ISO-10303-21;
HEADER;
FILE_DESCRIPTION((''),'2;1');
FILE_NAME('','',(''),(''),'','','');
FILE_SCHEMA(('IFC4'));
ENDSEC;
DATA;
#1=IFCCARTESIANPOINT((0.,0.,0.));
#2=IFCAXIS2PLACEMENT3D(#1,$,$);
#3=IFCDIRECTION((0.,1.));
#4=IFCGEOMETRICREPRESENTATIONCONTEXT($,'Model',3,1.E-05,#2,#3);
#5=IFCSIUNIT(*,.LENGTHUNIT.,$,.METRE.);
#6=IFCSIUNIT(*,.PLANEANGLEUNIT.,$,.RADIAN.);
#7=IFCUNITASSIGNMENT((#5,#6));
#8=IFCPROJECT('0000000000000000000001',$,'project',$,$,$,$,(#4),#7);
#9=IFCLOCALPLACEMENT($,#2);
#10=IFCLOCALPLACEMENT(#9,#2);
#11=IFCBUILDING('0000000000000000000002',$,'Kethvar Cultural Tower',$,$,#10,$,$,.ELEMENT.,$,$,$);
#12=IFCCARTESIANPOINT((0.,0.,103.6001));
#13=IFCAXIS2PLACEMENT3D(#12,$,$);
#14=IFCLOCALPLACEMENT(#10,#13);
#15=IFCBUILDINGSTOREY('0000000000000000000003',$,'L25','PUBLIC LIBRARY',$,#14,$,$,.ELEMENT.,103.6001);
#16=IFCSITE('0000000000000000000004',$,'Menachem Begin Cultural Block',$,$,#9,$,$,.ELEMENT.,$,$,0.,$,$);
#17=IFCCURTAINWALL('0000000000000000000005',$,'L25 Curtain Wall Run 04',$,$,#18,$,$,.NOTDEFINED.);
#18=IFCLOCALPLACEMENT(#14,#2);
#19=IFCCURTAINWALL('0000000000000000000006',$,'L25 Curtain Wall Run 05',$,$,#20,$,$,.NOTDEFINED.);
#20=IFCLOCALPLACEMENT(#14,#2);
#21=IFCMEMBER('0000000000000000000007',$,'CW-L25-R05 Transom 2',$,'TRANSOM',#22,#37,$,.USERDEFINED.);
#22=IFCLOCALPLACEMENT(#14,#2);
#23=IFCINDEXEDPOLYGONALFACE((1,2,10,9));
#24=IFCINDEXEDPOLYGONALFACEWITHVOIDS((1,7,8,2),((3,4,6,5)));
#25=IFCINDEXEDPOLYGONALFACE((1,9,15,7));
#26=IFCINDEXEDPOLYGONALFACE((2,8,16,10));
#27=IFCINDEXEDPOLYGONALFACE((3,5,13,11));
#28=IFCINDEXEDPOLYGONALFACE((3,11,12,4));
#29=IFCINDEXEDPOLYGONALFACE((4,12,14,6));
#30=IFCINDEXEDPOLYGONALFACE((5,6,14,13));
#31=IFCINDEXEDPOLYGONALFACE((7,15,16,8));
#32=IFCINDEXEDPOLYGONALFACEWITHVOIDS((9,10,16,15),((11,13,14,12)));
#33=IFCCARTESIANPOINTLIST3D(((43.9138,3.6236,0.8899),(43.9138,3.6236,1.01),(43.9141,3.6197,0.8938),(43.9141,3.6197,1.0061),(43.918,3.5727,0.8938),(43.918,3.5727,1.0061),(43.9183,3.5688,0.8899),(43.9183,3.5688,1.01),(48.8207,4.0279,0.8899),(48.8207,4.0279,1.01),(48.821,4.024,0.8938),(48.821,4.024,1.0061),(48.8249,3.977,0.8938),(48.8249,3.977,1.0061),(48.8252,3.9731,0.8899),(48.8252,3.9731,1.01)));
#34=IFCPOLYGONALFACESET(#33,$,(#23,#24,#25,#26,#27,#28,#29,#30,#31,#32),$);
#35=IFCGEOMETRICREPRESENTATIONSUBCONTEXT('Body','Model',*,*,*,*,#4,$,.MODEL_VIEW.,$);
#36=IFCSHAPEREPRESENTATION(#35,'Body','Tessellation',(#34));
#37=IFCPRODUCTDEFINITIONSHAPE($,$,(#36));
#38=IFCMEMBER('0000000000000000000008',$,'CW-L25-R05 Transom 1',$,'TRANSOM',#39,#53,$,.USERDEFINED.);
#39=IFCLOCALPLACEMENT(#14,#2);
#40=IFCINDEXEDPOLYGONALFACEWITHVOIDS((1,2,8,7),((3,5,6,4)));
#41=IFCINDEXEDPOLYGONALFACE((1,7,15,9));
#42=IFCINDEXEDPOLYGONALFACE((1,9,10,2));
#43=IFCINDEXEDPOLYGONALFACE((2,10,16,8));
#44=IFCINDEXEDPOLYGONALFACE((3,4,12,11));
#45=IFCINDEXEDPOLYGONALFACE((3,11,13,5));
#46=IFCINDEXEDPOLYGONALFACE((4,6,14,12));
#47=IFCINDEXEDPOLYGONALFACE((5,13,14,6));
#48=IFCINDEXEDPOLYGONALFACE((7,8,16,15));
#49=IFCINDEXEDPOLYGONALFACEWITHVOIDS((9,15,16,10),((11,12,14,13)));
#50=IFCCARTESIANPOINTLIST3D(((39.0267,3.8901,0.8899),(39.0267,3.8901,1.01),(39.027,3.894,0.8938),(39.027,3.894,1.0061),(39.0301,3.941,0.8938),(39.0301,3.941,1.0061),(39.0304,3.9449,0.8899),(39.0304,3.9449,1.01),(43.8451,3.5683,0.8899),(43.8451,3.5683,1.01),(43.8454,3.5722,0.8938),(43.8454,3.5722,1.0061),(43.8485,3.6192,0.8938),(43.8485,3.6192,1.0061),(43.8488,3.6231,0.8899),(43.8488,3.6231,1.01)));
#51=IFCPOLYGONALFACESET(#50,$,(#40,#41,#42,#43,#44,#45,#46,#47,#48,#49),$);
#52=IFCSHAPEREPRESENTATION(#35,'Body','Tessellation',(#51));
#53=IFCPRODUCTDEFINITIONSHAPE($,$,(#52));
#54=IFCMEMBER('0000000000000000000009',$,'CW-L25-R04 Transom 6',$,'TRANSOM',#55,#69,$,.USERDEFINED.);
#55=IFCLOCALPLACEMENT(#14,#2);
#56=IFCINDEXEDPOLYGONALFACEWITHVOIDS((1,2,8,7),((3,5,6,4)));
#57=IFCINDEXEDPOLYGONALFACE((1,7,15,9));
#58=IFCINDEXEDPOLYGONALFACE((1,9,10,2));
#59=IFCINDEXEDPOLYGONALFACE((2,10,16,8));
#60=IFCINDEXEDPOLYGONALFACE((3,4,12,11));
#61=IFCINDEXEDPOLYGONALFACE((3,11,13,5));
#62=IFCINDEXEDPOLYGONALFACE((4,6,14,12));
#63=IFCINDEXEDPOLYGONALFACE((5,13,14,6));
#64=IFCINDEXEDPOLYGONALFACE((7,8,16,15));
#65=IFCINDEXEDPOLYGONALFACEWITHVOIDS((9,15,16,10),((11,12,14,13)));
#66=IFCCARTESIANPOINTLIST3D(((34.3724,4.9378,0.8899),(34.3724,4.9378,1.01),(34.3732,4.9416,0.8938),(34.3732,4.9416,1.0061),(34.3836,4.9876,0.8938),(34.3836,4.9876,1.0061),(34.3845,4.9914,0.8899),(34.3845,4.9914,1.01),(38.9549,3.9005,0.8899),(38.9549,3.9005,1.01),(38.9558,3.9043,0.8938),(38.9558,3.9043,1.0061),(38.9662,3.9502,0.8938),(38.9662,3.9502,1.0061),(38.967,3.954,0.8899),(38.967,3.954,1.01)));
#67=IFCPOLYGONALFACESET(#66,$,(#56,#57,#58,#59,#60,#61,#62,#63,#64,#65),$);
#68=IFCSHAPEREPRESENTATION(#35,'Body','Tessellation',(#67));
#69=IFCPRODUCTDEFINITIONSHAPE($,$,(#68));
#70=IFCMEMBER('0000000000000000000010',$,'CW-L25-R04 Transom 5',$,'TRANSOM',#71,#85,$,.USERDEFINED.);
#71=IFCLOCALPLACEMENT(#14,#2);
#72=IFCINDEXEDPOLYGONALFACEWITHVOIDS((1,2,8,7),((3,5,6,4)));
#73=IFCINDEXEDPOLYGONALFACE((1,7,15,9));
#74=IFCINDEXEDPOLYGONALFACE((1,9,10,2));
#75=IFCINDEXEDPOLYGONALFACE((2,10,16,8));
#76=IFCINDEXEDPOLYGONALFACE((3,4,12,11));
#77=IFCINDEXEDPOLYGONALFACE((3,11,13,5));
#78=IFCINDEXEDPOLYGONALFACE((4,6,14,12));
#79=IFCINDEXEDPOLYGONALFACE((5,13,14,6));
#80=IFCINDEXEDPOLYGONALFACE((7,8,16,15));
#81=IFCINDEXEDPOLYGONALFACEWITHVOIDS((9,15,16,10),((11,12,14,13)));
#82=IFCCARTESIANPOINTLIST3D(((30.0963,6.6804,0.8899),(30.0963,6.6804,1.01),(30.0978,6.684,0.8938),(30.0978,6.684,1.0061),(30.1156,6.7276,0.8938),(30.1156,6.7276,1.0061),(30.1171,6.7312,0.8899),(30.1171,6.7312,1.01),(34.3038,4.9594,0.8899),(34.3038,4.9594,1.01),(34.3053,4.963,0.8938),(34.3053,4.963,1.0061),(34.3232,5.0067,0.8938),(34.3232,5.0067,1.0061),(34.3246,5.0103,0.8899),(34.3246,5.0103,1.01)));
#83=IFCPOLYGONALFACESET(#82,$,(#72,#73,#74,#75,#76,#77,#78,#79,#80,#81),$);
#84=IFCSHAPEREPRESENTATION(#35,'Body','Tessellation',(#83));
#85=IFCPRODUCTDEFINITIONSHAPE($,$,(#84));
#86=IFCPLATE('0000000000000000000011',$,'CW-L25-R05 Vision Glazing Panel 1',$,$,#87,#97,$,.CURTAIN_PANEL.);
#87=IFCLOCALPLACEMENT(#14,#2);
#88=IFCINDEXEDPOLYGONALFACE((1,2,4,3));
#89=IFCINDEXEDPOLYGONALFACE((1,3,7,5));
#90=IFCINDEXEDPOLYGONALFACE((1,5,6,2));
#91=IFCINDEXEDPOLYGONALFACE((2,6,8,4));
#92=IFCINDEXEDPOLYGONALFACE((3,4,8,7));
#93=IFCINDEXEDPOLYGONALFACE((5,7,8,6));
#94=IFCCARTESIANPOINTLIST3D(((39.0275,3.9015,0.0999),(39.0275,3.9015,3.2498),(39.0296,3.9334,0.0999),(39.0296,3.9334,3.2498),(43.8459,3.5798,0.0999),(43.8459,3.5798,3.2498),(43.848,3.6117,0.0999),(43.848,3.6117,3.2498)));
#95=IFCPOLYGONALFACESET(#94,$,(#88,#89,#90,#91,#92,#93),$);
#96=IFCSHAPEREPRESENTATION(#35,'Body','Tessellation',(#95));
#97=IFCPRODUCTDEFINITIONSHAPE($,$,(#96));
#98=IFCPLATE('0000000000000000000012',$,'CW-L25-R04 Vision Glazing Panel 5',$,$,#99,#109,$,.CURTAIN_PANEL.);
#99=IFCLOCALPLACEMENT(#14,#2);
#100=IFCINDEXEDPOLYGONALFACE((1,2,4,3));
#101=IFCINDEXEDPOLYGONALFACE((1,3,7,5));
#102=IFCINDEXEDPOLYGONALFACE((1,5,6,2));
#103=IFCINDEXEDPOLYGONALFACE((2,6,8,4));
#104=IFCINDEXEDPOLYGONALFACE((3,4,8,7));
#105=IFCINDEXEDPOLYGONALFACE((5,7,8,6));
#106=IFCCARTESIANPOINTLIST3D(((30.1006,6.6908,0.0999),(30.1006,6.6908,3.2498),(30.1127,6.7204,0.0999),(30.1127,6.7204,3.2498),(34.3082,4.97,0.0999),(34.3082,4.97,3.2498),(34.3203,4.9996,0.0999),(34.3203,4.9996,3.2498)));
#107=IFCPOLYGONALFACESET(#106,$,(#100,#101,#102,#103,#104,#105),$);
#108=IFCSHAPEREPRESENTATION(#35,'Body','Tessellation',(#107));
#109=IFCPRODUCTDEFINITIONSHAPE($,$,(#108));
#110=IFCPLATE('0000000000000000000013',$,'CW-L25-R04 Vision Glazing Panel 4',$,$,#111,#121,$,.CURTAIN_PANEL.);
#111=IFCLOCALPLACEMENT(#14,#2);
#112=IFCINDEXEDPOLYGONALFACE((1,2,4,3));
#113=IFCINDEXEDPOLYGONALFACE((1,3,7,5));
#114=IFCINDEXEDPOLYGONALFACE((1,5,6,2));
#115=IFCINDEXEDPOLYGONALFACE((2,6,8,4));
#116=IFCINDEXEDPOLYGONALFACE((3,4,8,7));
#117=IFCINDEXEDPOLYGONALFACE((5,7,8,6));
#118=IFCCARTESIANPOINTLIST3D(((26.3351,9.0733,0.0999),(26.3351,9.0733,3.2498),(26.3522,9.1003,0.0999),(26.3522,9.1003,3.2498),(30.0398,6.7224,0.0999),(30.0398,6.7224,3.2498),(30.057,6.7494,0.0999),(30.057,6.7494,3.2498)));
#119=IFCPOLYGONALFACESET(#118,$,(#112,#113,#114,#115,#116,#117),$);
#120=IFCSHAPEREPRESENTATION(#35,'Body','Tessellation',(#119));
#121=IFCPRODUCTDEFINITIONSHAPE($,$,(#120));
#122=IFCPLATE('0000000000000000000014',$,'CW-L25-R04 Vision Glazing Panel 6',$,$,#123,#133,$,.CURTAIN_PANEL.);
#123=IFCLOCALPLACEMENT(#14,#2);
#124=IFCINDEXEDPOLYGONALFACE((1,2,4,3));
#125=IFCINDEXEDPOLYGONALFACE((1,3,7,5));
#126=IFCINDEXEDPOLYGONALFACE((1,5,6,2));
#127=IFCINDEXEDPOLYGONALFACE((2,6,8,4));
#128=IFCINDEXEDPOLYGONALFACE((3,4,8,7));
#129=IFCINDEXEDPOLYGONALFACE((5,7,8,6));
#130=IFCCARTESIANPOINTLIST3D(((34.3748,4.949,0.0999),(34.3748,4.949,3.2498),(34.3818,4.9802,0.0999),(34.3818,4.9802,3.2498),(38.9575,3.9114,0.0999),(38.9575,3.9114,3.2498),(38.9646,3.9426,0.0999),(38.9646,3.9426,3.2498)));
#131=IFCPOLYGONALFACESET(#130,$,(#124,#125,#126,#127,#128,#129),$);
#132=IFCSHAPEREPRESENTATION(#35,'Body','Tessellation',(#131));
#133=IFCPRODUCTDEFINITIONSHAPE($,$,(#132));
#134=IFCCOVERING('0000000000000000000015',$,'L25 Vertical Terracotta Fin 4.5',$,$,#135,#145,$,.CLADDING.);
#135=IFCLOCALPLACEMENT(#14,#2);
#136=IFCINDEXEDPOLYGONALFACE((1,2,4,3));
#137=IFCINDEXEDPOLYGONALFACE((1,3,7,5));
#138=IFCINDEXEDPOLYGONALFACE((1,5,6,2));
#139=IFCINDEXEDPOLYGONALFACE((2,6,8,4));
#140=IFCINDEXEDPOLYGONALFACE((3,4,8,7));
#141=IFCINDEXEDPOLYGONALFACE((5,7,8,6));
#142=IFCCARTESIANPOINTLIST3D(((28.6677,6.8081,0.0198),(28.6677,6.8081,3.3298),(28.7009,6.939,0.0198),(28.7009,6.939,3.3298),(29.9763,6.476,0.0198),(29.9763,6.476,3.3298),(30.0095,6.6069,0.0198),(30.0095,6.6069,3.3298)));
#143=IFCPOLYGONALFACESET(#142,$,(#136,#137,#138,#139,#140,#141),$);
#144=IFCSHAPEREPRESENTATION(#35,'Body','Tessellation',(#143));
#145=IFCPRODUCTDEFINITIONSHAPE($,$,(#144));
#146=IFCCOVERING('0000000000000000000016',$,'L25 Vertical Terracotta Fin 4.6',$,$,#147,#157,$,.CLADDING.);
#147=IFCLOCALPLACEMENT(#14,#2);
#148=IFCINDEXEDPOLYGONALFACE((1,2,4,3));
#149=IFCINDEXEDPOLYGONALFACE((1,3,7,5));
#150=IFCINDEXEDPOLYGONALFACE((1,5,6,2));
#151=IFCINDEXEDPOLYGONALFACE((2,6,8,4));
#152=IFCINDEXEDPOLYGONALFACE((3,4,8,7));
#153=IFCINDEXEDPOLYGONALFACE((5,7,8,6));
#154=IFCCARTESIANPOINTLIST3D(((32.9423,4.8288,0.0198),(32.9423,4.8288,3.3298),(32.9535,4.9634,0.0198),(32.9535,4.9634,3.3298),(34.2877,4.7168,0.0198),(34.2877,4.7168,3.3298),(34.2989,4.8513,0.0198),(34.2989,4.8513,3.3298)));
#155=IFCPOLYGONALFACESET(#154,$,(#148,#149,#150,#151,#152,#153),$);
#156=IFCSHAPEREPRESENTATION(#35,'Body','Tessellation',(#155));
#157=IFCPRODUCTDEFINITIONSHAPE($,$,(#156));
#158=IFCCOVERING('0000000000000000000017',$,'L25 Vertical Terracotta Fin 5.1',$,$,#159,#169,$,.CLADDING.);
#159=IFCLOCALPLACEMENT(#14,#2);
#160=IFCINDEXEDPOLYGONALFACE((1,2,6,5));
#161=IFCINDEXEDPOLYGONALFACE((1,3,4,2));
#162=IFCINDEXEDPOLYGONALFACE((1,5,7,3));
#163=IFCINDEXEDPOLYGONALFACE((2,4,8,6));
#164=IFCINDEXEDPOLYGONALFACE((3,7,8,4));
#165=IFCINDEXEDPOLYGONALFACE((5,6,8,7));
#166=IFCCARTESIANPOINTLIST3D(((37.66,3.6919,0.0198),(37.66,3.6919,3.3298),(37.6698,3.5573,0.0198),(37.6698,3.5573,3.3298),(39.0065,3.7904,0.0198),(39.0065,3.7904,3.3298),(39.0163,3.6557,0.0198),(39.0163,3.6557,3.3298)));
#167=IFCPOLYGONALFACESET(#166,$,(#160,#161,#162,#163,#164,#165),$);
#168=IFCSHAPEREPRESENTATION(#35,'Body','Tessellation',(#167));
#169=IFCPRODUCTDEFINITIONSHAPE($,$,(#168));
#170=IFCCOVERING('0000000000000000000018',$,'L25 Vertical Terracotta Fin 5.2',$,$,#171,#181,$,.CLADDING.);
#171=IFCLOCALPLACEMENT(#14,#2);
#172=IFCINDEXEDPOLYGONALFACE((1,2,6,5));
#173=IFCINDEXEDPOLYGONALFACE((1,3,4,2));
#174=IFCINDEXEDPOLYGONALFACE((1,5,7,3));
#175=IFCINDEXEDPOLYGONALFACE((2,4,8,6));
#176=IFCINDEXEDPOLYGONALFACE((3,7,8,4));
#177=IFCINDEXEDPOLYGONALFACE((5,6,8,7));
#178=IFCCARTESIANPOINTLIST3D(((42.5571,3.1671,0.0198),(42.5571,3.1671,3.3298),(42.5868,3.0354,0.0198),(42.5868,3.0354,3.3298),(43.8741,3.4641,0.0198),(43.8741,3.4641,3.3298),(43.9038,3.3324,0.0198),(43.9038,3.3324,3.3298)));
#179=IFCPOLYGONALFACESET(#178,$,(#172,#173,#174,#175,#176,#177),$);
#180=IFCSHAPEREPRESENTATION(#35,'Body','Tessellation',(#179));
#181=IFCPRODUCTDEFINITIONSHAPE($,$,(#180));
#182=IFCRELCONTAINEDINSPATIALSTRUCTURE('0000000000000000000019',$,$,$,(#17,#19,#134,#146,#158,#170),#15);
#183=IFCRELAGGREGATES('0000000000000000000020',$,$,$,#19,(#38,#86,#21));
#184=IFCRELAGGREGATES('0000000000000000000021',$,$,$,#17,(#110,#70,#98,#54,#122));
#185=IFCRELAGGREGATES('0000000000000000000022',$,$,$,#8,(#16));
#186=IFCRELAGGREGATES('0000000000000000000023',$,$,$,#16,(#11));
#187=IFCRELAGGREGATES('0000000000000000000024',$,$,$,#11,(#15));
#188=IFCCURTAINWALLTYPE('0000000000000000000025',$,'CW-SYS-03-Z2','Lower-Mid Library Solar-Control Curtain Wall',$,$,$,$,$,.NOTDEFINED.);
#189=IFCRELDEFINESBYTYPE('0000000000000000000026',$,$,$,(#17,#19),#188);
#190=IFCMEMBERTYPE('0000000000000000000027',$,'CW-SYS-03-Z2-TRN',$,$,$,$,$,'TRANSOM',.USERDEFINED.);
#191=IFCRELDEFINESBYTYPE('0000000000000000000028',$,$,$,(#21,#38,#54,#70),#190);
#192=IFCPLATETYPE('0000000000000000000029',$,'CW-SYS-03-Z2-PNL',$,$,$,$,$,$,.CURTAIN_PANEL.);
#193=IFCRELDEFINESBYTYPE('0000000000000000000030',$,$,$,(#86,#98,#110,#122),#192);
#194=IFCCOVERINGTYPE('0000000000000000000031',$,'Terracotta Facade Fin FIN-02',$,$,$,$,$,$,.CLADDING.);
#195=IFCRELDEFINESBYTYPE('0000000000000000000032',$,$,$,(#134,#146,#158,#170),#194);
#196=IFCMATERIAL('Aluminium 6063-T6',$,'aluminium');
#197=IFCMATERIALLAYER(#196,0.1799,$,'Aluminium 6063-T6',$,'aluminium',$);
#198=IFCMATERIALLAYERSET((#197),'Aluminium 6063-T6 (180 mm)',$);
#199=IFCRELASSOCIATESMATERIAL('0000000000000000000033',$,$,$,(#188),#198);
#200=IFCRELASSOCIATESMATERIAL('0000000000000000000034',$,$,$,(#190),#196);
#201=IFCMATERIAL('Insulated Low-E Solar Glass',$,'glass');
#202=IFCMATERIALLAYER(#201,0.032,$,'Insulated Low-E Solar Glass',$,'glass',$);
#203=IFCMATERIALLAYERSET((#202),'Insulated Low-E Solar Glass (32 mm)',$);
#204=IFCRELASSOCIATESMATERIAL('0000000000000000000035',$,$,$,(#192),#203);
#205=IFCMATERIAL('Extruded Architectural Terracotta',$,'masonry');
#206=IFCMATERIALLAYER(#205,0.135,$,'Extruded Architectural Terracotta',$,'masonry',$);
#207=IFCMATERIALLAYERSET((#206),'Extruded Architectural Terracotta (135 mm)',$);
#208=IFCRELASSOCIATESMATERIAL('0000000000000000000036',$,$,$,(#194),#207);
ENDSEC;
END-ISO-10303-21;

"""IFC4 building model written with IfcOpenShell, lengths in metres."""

from ifc_helpers import new_model, si_unit, direction, frame, origin, origin_2d, place, context, subcontext, project, spatial, rectangle, hollow_rectangle, extrude, source, transform, mapped, material, layer, layer_set, material_profile, profile_set, type_object, element, aggregate, save


model = new_model("IFC4")

# Units and contexts
model_context = context("Model", 3, precision=1e-05, world=origin(), true_north=direction((0.0, 1.0)))
body_context = subcontext(model_context, "Body", "Model", "MODEL_VIEW")
ifc_project = project(units=[si_unit("LENGTHUNIT", "METRE"), si_unit("PLANEANGLEUNIT", "RADIAN")], contexts=[model_context])

# Site, building, storey
site_placement = place(None, origin())
site = spatial("IfcSite", under=ifc_project, at=site_placement, Name="Menachem Begin Cultural Block", CompositionType="ELEMENT", RefElevation=0.0)
building_placement = place(site_placement, origin())
building = spatial("IfcBuilding", under=site, at=building_placement, Name="Kethvar Cultural Tower", CompositionType="ELEMENT")
storey_placement = place(building_placement, frame((0.0, 0.0, 103.6001)))
storey = spatial("IfcBuildingStorey", under=building, at=storey_placement, Name="L25", Description="PUBLIC LIBRARY", CompositionType="ELEMENT", Elevation=103.6001)

# Curtain walls, members
ifc_material_1 = material(Name="Aluminium 6063-T6", Category="aluminium")
ifc_layer_1 = layer(ifc_material_1, 0.1799, Name="Aluminium 6063-T6", Category="aluminium")
ifc_layer_set_1 = layer_set([ifc_layer_1], Name="Aluminium 6063-T6 (180 mm)")
curtain_wall_type = type_object("IfcCurtainWallType", Name="CW-SYS-03-Z2", Description="Lower-Mid Library Solar-Control Curtain Wall", PredefinedType="NOTDEFINED", material=ifc_layer_set_1)
curtain_wall_1_placement = place(storey_placement, origin())
curtain_wall_1 = element("IfcCurtainWall", 1, at=curtain_wall_1_placement, inside=storey, type_object=curtain_wall_type, Name="L25 Curtain Wall Run 04", PredefinedType="NOTDEFINED")
curtain_wall_2_placement = place(storey_placement, origin())
curtain_wall_2 = element("IfcCurtainWall", 2, at=curtain_wall_2_placement, inside=storey, type_object=curtain_wall_type, Name="L25 Curtain Wall Run 05", PredefinedType="NOTDEFINED")
ifc_material_profile_1 = material_profile(ifc_material_1, hollow_rectangle(XDim=0.0549, YDim=0.1201, WallThickness=0.0039, at=origin_2d()), Name="Aluminium 6063-T6 — RHS120x55x4")
ifc_profile_set_1 = profile_set([ifc_material_profile_1], Name="Aluminium 6063-T6 — RHS120x55x4")
member_type_1 = type_object("IfcMemberType", Name="CW-SYS-03-Z2-TRN", ElementType="TRANSOM", PredefinedType="USERDEFINED", material=ifc_profile_set_1)
shared_shape_1 = source(origin(), body_context, "Body", "SweptSolid", [
    extrude(hollow_rectangle(XDim=0.0549, YDim=0.1201, WallThickness=0.0039, at=origin_2d()), origin(), (0.0, 0.0, 1.0), 4.9236),
])
member_1_placement = place(storey_placement, frame((43.916, 3.5962, 0.95), z_axis=(0.996623, 0.082114, 0.0), x_axis=(-0.082114, 0.996623, 0.0)))
member_1 = element("IfcMember", 3, at=member_1_placement, type_object=member_type_1, Name="CW-L25-R05 Transom 2", ObjectType="TRANSOM", PredefinedType="USERDEFINED", context=body_context, shape_type="MappedRepresentation", body=[
    mapped(shared_shape_1, transform((0.0, 0.0, 0.0), scale=1.0)),
])
shared_shape_2 = source(origin(), body_context, "Body", "SweptSolid", [
    extrude(hollow_rectangle(XDim=0.0549, YDim=0.1201, WallThickness=0.0039, at=origin_2d()), origin(), (0.0, 0.0, 1.0), 4.8291),
])
member_2_placement = place(storey_placement, frame((39.0286, 3.9175, 0.95), z_axis=(0.997778, -0.066633, 0.0), x_axis=(0.066633, 0.997778, 0.0)))
member_2 = element("IfcMember", 4, at=member_2_placement, type_object=member_type_1, Name="CW-L25-R05 Transom 1", ObjectType="TRANSOM", PredefinedType="USERDEFINED", context=body_context, shape_type="MappedRepresentation", body=[
    mapped(shared_shape_2, transform((0.0, 0.0, 0.0), scale=1.0)),
])

# Members
shared_shape_3 = source(origin(), body_context, "Body", "SweptSolid", [
    extrude(hollow_rectangle(XDim=0.0549, YDim=0.1201, WallThickness=0.0039, at=origin_2d()), origin(), (0.0, 0.0, 1.0), 4.6985),
])
member_3_placement = place(storey_placement, frame((34.3784, 4.9646, 0.95), z_axis=(0.975322, -0.220786, 0.0), x_axis=(0.220786, 0.975322, 0.0)))
member_3 = element("IfcMember", 5, at=member_3_placement, type_object=member_type_1, Name="CW-L25-R04 Transom 6", ObjectType="TRANSOM", PredefinedType="USERDEFINED", context=body_context, shape_type="MappedRepresentation", body=[
    mapped(shared_shape_3, transform((0.0, 0.0, 0.0), scale=1.0)),
])
shared_shape_4 = source(origin(), body_context, "Body", "SweptSolid", [
    extrude(hollow_rectangle(XDim=0.0549, YDim=0.1201, WallThickness=0.0039, at=origin_2d()), origin(), (0.0, 0.0, 1.0), 4.5459),
])
member_4_placement = place(storey_placement, frame((30.1067, 6.7058, 0.95), z_axis=(0.925571, -0.378574, 0.0), x_axis=(0.378574, 0.925571, 0.0)))
member_4 = element("IfcMember", 6, at=member_4_placement, type_object=member_type_1, Name="CW-L25-R04 Transom 5", ObjectType="TRANSOM", PredefinedType="USERDEFINED", context=body_context, shape_type="MappedRepresentation", body=[
    mapped(shared_shape_4, transform((0.0, 0.0, 0.0), scale=1.0)),
])

# Plates
ifc_material_2 = material(Name="Insulated Low-E Solar Glass", Category="glass")
ifc_layer_2 = layer(ifc_material_2, 0.032, Name="Insulated Low-E Solar Glass", Category="glass")
ifc_layer_set_2 = layer_set([ifc_layer_2], Name="Insulated Low-E Solar Glass (32 mm)")
plate_type = type_object("IfcPlateType", Name="CW-SYS-03-Z2-PNL", PredefinedType="CURTAIN_PANEL", material=ifc_layer_set_2)
shared_shape_5 = source(origin(), body_context, "Body", "SweptSolid", [
    extrude(rectangle(XDim=4.8291, YDim=0.032, at=origin_2d()), origin(), (0.0, 0.0, 1.0), 3.1499),
])
plate_1_placement = place(storey_placement, frame((41.4377, 3.7566, 0.0999), z_axis=(0.0, 0.0, 1.0), x_axis=(0.997778, -0.066622, 0.0)))
plate_1 = element("IfcPlate", 7, at=plate_1_placement, type_object=plate_type, Name="CW-L25-R05 Vision Glazing Panel 1", PredefinedType="CURTAIN_PANEL", context=body_context, shape_type="MappedRepresentation", body=[
    mapped(shared_shape_5, transform((0.0, 0.0, 0.0), scale=1.0)),
])
aggregate(curtain_wall_2, [member_2, plate_1, member_1])
shared_shape_6 = source(origin(), body_context, "Body", "SweptSolid", [
    extrude(rectangle(XDim=4.5459, YDim=0.032, at=origin_2d()), origin(), (0.0, 0.0, 1.0), 3.1499),
])
plate_2_placement = place(storey_placement, frame((32.2104, 5.8452, 0.0999), z_axis=(0.0, 0.0, 1.0), x_axis=(0.92558, -0.378552, 0.0)))
plate_2 = element("IfcPlate", 8, at=plate_2_placement, type_object=plate_type, Name="CW-L25-R04 Vision Glazing Panel 5", PredefinedType="CURTAIN_PANEL", context=body_context, shape_type="MappedRepresentation", body=[
    mapped(shared_shape_6, transform((0.0, 0.0, 0.0), scale=1.0)),
])
shared_shape_7 = source(origin(), body_context, "Body", "SweptSolid", [
    extrude(rectangle(XDim=4.3877, YDim=0.032, at=origin_2d()), origin(), (0.0, 0.0, 1.0), 3.1499),
])
plate_3_placement = place(storey_placement, frame((28.196, 7.9114, 0.0999), z_axis=(0.0, 0.0, 1.0), x_axis=(0.844347, -0.535797, 0.0)))
plate_3 = element("IfcPlate", 9, at=plate_3_placement, type_object=plate_type, Name="CW-L25-R04 Vision Glazing Panel 4", PredefinedType="CURTAIN_PANEL", context=body_context, shape_type="MappedRepresentation", body=[
    mapped(shared_shape_7, transform((0.0, 0.0, 0.0), scale=1.0)),
])
shared_shape_8 = source(origin(), body_context, "Body", "SweptSolid", [
    extrude(rectangle(XDim=4.6987, YDim=0.032, at=origin_2d()), origin(), (0.0, 0.0, 1.0), 3.1499),
])
plate_4_placement = place(storey_placement, frame((36.6697, 4.4458, 0.0999), z_axis=(0.0, 0.0, 1.0), x_axis=(0.975315, -0.220817, 0.0)))
plate_4 = element("IfcPlate", 10, at=plate_4_placement, type_object=plate_type, Name="CW-L25-R04 Vision Glazing Panel 6", PredefinedType="CURTAIN_PANEL", context=body_context, shape_type="MappedRepresentation", body=[
    mapped(shared_shape_8, transform((0.0, 0.0, 0.0), scale=1.0)),
])
aggregate(curtain_wall_1, [plate_3, member_4, plate_2, member_3, plate_4])

# Coverings
ifc_material_3 = material(Name="Extruded Architectural Terracotta", Category="masonry")
ifc_layer_3 = layer(ifc_material_3, 0.135, Name="Extruded Architectural Terracotta", Category="masonry")
ifc_layer_set_3 = layer_set([ifc_layer_3], Name="Extruded Architectural Terracotta (135 mm)")
covering_type = type_object("IfcCoveringType", Name="Terracotta Facade Fin FIN-02", PredefinedType="CLADDING", material=ifc_layer_set_3)
shared_shape_9 = source(origin(), body_context, "Body", "SweptSolid", [
    extrude(rectangle(XDim=1.3501, YDim=0.135, at=origin_2d()), origin(), (0.0, 0.0, 1.0), 3.3101),
])
for number, where, z_axis, x_axis, name in (
    (11, (29.3386, 6.7075, 0.0198), (0.0, 0.0, 1.0), (-0.969274, 0.245984, 0.0), "L25 Vertical Terracotta Fin 4.5"),
    (12, (33.6206, 4.8401, 0.0198), (0.0, 0.0, 1.0), (-0.996551, 0.082982, 0.0), "L25 Vertical Terracotta Fin 4.6"),
    (13, (38.3381, 3.6738, 0.0198), (0.0, 0.0, 1.0), (-0.99734, -0.07289, 0.0), "L25 Vertical Terracotta Fin 5.1"),
    (14, (43.2305, 3.2498, 0.0198), (0.0, 0.0, 1.0), (-0.975496, -0.220016, 0.0), "L25 Vertical Terracotta Fin 5.2"),
):
    element("IfcCovering", number, at=place(storey_placement, frame(where, z_axis=z_axis, x_axis=x_axis)), inside=storey, type_object=covering_type, Name=name, PredefinedType="CLADDING", context=body_context, shape_type="MappedRepresentation", body=[
        mapped(shared_shape_9, transform((0.0, 0.0, 0.0), scale=1.0)),
    ])

save(model, "model.ifc")
